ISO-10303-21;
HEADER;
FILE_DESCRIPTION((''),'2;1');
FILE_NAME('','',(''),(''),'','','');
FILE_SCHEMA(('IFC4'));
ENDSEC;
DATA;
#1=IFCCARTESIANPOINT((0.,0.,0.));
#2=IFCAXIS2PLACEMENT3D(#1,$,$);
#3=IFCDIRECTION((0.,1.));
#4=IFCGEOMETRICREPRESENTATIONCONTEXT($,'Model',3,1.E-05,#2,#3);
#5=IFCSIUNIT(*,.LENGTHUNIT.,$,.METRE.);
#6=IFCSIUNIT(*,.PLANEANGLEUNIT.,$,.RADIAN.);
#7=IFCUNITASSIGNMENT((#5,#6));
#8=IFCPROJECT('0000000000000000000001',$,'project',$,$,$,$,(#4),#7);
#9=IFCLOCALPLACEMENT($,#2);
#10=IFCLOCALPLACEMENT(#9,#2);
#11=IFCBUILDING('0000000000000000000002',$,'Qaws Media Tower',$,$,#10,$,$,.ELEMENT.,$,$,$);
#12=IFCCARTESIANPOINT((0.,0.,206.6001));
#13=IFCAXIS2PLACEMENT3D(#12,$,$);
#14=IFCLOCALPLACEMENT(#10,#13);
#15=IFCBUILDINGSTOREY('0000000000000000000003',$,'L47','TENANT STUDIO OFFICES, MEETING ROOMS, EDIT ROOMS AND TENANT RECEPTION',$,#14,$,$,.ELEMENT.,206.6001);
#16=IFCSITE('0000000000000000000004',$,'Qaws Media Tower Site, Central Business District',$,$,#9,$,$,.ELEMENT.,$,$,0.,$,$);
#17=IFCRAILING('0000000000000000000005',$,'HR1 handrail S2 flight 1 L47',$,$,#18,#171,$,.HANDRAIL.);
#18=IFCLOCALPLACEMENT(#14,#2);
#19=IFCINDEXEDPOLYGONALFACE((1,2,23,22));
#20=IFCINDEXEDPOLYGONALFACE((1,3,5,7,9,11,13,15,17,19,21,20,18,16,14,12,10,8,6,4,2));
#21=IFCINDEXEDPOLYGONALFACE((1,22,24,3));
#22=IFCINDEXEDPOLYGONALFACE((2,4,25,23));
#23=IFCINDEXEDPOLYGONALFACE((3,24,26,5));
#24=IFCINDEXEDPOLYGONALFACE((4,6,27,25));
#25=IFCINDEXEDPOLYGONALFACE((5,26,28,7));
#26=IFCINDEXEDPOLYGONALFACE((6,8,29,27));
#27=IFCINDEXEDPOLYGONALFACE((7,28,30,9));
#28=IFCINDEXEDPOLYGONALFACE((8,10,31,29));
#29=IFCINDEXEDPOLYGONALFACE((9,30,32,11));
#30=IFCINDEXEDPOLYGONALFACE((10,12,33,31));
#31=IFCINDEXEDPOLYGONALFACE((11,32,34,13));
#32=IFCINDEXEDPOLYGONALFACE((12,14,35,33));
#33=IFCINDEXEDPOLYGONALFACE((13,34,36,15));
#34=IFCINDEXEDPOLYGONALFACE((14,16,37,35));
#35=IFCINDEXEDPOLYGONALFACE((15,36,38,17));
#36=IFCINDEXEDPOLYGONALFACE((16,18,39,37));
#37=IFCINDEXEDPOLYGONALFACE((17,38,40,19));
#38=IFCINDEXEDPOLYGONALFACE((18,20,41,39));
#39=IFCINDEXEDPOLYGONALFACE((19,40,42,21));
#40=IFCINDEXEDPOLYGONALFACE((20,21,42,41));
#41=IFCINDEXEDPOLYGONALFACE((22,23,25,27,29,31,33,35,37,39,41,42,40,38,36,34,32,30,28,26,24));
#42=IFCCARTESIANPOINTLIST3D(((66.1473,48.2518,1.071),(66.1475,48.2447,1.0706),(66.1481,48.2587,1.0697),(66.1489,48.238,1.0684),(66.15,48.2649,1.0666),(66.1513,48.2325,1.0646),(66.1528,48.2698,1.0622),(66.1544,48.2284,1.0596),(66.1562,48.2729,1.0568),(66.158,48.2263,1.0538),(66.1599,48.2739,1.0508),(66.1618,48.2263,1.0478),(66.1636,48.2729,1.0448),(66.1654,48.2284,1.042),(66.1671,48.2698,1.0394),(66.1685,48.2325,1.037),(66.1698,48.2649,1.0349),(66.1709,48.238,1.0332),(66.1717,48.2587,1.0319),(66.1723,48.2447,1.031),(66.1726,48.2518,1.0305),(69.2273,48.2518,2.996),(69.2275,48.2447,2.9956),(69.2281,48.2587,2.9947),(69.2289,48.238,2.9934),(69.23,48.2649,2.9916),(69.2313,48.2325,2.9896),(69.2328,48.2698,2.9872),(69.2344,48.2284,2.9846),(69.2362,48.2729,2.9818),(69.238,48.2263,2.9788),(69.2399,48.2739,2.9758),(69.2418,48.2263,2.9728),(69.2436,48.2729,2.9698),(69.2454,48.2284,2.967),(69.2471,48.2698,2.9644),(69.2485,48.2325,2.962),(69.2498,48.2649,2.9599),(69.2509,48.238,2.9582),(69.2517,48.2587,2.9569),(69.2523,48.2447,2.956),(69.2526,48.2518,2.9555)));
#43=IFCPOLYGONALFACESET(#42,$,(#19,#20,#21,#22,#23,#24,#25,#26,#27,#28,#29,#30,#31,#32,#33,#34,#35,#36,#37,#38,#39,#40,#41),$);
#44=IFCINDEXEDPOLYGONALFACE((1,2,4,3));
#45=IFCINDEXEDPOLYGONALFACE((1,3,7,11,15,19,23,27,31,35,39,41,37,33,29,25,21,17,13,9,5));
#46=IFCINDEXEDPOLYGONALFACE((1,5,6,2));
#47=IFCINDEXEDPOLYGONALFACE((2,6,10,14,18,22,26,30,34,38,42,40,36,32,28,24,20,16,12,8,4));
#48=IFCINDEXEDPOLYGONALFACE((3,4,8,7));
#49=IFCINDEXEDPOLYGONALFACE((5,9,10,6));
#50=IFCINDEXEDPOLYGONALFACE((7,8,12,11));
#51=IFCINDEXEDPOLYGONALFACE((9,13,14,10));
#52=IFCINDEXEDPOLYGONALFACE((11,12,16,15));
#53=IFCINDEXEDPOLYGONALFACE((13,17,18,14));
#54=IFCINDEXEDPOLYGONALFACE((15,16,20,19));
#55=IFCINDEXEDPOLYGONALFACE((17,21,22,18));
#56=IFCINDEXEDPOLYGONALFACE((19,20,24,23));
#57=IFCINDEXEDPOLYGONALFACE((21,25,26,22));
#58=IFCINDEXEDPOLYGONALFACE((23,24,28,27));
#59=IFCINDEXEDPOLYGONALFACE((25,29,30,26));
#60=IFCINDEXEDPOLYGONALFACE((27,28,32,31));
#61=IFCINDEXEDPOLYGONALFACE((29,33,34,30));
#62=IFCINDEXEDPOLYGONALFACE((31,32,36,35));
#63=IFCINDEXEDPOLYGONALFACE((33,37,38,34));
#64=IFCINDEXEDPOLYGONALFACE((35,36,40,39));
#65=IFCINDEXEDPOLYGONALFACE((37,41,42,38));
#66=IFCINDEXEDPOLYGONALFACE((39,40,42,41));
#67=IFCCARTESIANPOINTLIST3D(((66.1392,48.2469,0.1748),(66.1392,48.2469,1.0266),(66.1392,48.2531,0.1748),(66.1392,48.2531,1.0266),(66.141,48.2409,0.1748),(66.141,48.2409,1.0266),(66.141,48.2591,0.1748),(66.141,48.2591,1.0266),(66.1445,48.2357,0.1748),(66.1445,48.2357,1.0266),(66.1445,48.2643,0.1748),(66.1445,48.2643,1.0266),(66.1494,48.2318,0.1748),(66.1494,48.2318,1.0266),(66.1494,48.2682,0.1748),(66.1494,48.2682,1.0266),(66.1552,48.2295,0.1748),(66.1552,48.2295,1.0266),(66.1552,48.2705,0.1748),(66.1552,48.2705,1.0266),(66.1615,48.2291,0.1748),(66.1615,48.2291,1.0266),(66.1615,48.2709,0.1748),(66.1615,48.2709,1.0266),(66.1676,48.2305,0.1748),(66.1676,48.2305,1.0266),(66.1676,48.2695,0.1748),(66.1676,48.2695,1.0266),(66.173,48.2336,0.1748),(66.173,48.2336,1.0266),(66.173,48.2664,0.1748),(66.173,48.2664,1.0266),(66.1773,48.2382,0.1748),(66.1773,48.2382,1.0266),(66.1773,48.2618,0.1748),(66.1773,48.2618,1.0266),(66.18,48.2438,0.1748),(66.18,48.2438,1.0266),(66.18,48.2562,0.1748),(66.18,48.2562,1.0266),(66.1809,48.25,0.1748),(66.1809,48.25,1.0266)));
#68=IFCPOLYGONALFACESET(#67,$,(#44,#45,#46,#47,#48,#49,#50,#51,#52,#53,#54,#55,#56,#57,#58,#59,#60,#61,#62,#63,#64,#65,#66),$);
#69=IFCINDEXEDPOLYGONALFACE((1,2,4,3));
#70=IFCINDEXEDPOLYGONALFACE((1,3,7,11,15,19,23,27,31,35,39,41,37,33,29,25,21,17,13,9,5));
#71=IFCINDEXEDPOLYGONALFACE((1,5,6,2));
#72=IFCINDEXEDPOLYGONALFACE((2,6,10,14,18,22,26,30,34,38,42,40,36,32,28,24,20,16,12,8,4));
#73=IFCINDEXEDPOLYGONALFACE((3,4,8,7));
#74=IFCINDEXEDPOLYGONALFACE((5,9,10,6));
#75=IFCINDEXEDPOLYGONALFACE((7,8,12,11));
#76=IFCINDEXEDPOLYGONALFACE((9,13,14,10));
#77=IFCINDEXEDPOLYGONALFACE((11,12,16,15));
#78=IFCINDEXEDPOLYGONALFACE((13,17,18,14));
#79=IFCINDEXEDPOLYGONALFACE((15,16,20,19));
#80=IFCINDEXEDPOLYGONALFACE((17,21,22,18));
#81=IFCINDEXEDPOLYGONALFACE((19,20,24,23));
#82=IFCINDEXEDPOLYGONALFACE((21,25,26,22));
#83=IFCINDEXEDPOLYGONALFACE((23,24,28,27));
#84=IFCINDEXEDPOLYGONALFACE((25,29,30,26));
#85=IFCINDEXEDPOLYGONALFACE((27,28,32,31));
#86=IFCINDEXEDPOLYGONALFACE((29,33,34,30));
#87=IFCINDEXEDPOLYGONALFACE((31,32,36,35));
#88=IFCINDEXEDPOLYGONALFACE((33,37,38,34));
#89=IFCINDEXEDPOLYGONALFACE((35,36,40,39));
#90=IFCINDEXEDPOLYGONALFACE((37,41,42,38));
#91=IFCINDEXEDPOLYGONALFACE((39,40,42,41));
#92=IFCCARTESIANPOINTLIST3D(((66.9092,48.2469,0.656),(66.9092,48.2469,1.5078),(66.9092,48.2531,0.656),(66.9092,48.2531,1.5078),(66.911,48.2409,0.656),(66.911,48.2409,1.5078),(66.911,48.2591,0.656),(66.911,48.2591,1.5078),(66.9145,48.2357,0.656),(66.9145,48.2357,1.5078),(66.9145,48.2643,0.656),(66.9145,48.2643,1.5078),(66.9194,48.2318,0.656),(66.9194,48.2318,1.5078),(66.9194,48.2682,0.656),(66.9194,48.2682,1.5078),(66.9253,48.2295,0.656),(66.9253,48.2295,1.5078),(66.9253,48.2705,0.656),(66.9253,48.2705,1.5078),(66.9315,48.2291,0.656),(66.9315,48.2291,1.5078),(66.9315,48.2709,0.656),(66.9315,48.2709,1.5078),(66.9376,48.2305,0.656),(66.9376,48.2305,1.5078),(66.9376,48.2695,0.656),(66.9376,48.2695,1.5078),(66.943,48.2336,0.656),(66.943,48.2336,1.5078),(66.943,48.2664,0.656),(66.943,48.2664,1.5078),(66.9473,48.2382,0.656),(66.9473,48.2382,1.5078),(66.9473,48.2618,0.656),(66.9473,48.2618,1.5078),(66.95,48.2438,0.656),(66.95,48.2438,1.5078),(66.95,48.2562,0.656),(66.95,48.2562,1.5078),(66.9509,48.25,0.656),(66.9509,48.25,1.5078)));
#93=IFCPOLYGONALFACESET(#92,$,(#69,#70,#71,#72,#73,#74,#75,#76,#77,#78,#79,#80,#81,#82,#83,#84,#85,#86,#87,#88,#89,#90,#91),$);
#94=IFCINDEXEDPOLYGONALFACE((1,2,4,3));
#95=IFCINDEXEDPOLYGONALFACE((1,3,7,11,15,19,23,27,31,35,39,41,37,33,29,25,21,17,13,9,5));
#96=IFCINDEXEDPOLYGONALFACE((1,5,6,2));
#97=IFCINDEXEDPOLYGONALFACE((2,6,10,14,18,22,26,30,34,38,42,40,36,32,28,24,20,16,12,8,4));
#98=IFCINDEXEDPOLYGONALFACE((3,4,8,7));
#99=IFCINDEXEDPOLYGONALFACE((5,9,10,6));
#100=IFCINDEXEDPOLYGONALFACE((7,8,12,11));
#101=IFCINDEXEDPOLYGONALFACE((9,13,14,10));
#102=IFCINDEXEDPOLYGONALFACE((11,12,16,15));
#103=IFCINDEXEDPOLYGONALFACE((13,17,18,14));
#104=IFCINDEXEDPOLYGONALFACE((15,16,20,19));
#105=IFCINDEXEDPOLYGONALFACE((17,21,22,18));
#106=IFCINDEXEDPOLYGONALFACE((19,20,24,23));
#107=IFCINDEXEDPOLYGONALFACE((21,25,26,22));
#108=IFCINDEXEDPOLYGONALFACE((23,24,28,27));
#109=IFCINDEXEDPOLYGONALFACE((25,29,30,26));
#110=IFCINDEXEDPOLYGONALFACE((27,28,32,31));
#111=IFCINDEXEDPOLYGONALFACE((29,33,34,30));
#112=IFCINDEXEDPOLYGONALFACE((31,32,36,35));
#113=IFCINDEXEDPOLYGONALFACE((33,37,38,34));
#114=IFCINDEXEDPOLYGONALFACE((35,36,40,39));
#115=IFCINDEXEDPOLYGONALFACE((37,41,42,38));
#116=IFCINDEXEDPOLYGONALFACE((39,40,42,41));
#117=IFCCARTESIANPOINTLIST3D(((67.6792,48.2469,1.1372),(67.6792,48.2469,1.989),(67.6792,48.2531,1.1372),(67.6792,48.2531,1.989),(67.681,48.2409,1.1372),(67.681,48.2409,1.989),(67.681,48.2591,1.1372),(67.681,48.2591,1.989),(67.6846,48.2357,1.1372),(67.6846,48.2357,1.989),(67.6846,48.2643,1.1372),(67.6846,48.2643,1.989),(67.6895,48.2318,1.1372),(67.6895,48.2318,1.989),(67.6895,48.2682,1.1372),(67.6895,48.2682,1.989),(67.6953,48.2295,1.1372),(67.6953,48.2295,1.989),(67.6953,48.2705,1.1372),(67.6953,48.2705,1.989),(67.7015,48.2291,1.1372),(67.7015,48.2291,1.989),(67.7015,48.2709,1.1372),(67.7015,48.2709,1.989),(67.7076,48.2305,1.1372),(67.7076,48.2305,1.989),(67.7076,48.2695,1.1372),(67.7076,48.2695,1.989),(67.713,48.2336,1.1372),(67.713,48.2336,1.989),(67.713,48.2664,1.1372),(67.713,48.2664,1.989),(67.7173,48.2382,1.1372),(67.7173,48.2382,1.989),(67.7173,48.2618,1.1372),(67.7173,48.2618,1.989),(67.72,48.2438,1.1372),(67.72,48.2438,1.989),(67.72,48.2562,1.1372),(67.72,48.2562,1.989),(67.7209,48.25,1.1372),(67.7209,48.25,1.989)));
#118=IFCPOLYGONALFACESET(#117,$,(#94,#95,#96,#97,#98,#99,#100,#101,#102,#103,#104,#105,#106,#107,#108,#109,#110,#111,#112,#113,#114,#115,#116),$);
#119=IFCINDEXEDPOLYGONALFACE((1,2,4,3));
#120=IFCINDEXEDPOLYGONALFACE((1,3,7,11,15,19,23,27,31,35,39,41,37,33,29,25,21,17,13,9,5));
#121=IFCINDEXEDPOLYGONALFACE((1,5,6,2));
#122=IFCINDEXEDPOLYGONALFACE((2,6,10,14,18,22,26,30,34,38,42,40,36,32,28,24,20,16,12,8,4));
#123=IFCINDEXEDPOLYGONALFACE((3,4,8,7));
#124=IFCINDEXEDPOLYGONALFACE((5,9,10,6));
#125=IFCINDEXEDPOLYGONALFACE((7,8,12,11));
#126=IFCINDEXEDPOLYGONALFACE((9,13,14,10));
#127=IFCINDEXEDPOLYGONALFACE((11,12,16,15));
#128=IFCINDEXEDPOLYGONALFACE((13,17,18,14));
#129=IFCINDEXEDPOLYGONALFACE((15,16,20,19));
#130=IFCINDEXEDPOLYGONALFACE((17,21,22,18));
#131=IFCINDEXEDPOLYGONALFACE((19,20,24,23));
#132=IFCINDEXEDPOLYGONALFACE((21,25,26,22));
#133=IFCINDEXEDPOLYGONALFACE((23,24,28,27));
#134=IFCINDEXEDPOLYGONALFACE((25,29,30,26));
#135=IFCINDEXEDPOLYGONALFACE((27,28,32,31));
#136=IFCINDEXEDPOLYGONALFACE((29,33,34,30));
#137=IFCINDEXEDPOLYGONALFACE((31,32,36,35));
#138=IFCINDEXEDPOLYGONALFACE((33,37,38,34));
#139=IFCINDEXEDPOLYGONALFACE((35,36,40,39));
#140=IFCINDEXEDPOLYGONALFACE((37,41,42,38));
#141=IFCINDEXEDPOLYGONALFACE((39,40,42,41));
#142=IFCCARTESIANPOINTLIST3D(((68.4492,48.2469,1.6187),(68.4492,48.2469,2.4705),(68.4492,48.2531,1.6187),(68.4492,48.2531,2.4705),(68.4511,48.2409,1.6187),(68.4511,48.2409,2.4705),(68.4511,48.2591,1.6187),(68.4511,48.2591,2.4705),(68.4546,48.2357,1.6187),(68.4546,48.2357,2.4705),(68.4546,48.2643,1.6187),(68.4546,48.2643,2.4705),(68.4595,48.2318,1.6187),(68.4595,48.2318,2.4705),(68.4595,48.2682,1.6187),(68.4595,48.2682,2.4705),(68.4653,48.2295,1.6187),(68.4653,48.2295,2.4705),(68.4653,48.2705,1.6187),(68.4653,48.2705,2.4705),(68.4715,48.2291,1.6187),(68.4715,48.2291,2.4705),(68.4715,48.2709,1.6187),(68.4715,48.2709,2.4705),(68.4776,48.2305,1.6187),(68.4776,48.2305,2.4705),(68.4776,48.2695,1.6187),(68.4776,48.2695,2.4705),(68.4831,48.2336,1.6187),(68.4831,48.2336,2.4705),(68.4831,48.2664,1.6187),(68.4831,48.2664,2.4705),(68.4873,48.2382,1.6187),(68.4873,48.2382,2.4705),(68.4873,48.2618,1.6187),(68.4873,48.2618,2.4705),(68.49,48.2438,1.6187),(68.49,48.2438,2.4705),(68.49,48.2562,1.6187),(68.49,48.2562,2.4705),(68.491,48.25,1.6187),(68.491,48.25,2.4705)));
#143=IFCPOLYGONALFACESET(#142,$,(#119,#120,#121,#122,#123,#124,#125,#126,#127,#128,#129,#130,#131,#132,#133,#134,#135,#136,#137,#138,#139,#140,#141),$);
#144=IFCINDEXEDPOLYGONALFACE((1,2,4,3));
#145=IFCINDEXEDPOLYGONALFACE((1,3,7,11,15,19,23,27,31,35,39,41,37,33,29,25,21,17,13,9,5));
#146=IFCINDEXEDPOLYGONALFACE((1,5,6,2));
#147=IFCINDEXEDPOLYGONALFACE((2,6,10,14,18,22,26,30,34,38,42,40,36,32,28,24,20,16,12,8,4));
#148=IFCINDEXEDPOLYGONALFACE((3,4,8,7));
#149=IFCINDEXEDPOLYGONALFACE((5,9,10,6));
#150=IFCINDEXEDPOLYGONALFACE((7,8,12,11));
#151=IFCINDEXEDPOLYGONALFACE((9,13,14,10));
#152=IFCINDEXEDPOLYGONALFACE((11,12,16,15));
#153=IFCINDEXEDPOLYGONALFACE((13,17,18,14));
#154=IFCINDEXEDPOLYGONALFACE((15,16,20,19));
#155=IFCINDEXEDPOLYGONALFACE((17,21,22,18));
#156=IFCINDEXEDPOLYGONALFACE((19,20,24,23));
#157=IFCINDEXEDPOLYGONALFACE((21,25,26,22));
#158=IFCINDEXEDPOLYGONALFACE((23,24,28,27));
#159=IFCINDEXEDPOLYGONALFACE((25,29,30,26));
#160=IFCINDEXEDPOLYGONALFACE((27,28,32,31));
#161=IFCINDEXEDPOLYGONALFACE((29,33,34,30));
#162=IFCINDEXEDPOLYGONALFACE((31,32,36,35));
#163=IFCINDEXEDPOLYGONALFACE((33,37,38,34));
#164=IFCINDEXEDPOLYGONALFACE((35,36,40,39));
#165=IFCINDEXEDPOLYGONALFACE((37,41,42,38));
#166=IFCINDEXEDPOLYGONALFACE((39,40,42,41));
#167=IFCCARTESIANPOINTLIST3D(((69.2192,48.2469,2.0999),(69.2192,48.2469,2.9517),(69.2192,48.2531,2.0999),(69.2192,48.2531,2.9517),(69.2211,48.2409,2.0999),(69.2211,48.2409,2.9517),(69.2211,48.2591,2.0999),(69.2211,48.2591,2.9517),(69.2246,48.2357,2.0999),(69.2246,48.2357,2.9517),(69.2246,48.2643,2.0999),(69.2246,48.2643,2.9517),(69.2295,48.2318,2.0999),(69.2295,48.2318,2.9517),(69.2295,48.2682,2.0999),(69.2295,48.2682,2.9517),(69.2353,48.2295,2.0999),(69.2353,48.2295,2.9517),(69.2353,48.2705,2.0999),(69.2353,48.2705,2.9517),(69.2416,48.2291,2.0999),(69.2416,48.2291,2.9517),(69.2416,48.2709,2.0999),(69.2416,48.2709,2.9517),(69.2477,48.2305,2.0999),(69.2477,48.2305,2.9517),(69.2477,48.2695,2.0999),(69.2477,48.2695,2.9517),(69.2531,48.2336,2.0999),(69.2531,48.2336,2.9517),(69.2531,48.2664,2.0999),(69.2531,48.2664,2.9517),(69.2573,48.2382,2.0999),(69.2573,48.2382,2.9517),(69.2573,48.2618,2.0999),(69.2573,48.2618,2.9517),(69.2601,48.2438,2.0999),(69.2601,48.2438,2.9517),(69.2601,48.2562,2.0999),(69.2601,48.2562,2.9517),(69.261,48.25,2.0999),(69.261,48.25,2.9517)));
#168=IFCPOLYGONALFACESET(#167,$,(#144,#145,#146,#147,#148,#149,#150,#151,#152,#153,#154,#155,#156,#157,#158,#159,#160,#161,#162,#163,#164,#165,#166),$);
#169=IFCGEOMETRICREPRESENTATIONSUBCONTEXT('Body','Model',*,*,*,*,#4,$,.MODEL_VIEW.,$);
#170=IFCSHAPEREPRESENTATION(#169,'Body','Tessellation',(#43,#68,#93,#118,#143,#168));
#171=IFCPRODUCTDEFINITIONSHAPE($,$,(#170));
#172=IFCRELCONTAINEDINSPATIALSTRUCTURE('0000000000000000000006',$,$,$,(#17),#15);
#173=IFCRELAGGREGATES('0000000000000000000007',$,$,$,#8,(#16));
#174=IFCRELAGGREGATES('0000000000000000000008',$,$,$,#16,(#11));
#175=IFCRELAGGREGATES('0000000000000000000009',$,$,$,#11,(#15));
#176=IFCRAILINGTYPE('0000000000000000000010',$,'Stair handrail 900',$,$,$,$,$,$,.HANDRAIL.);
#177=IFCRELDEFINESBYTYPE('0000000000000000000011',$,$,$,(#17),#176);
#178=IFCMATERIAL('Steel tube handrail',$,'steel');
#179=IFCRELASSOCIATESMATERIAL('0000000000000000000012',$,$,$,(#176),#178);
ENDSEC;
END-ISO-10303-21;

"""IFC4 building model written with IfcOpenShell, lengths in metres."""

from ifc_helpers import new_model, si_unit, direction, frame, origin, origin_2d, place, context, subcontext, project, spatial, circle, extrude, material, type_object, element, save


model = new_model("IFC4")

# Units and contexts
model_context = context("Model", 3, precision=1e-05, world=origin(), true_north=direction((0.0, 1.0)))
body_context = subcontext(model_context, "Body", "Model", "MODEL_VIEW")
ifc_project = project(units=[si_unit("LENGTHUNIT", "METRE"), si_unit("PLANEANGLEUNIT", "RADIAN")], contexts=[model_context])

# Site, building, storey
site_placement = place(None, origin())
site = spatial("IfcSite", under=ifc_project, at=site_placement, Name="Qaws Media Tower Site, Central Business District", CompositionType="ELEMENT", RefElevation=0.0)
building_placement = place(site_placement, origin())
building = spatial("IfcBuilding", under=site, at=building_placement, Name="Qaws Media Tower", CompositionType="ELEMENT")
storey_placement = place(building_placement, frame((0.0, 0.0, 206.6001)))
storey = spatial("IfcBuildingStorey", under=building, at=storey_placement, Name="L47", Description="TENANT STUDIO OFFICES, MEETING ROOMS, EDIT ROOMS AND TENANT RECEPTION", CompositionType="ELEMENT", Elevation=206.6001)

# Railing
ifc_material_1 = material(Name="Steel tube handrail", Category="steel")
railing_type = type_object("IfcRailingType", Name="Stair handrail 900", PredefinedType="HANDRAIL", material=ifc_material_1)
railing_placement = place(storey_placement, frame((66.1599, 48.25, 0.1748)))
element("IfcRailing", 1, at=railing_placement, inside=storey, type_object=railing_type, Name="HR1 handrail S2 flight 1 L47", PredefinedType="HANDRAIL", context=body_context, shape_type="SweptSolid", body=[
    extrude(circle(Radius=0.0239, at=origin_2d()), frame((0.0, 0.0, 0.876), z_axis=(0.847998, 0.0, 0.529999), x_axis=(0.0, 1.0, 0.0)), (0.0, 0.0, 1.0), 3.6321),
    extrude(circle(Radius=0.021, at=origin_2d()), origin(), (0.0, 0.0, 1.0), 0.8518),
    extrude(circle(Radius=0.021, at=origin_2d()), frame((0.77, 0.0, 0.4812)), (0.0, 0.0, 1.0), 0.8518),
    extrude(circle(Radius=0.021, at=origin_2d()), frame((1.54, 0.0, 0.9624)), (0.0, 0.0, 1.0), 0.8518),
    extrude(circle(Radius=0.021, at=origin_2d()), frame((2.3101, 0.0, 1.4438)), (0.0, 0.0, 1.0), 0.8518),
    extrude(circle(Radius=0.021, at=origin_2d()), frame((3.0801, 0.0, 1.925)), (0.0, 0.0, 1.0), 0.8518),
])

save(model, "model.ifc")
